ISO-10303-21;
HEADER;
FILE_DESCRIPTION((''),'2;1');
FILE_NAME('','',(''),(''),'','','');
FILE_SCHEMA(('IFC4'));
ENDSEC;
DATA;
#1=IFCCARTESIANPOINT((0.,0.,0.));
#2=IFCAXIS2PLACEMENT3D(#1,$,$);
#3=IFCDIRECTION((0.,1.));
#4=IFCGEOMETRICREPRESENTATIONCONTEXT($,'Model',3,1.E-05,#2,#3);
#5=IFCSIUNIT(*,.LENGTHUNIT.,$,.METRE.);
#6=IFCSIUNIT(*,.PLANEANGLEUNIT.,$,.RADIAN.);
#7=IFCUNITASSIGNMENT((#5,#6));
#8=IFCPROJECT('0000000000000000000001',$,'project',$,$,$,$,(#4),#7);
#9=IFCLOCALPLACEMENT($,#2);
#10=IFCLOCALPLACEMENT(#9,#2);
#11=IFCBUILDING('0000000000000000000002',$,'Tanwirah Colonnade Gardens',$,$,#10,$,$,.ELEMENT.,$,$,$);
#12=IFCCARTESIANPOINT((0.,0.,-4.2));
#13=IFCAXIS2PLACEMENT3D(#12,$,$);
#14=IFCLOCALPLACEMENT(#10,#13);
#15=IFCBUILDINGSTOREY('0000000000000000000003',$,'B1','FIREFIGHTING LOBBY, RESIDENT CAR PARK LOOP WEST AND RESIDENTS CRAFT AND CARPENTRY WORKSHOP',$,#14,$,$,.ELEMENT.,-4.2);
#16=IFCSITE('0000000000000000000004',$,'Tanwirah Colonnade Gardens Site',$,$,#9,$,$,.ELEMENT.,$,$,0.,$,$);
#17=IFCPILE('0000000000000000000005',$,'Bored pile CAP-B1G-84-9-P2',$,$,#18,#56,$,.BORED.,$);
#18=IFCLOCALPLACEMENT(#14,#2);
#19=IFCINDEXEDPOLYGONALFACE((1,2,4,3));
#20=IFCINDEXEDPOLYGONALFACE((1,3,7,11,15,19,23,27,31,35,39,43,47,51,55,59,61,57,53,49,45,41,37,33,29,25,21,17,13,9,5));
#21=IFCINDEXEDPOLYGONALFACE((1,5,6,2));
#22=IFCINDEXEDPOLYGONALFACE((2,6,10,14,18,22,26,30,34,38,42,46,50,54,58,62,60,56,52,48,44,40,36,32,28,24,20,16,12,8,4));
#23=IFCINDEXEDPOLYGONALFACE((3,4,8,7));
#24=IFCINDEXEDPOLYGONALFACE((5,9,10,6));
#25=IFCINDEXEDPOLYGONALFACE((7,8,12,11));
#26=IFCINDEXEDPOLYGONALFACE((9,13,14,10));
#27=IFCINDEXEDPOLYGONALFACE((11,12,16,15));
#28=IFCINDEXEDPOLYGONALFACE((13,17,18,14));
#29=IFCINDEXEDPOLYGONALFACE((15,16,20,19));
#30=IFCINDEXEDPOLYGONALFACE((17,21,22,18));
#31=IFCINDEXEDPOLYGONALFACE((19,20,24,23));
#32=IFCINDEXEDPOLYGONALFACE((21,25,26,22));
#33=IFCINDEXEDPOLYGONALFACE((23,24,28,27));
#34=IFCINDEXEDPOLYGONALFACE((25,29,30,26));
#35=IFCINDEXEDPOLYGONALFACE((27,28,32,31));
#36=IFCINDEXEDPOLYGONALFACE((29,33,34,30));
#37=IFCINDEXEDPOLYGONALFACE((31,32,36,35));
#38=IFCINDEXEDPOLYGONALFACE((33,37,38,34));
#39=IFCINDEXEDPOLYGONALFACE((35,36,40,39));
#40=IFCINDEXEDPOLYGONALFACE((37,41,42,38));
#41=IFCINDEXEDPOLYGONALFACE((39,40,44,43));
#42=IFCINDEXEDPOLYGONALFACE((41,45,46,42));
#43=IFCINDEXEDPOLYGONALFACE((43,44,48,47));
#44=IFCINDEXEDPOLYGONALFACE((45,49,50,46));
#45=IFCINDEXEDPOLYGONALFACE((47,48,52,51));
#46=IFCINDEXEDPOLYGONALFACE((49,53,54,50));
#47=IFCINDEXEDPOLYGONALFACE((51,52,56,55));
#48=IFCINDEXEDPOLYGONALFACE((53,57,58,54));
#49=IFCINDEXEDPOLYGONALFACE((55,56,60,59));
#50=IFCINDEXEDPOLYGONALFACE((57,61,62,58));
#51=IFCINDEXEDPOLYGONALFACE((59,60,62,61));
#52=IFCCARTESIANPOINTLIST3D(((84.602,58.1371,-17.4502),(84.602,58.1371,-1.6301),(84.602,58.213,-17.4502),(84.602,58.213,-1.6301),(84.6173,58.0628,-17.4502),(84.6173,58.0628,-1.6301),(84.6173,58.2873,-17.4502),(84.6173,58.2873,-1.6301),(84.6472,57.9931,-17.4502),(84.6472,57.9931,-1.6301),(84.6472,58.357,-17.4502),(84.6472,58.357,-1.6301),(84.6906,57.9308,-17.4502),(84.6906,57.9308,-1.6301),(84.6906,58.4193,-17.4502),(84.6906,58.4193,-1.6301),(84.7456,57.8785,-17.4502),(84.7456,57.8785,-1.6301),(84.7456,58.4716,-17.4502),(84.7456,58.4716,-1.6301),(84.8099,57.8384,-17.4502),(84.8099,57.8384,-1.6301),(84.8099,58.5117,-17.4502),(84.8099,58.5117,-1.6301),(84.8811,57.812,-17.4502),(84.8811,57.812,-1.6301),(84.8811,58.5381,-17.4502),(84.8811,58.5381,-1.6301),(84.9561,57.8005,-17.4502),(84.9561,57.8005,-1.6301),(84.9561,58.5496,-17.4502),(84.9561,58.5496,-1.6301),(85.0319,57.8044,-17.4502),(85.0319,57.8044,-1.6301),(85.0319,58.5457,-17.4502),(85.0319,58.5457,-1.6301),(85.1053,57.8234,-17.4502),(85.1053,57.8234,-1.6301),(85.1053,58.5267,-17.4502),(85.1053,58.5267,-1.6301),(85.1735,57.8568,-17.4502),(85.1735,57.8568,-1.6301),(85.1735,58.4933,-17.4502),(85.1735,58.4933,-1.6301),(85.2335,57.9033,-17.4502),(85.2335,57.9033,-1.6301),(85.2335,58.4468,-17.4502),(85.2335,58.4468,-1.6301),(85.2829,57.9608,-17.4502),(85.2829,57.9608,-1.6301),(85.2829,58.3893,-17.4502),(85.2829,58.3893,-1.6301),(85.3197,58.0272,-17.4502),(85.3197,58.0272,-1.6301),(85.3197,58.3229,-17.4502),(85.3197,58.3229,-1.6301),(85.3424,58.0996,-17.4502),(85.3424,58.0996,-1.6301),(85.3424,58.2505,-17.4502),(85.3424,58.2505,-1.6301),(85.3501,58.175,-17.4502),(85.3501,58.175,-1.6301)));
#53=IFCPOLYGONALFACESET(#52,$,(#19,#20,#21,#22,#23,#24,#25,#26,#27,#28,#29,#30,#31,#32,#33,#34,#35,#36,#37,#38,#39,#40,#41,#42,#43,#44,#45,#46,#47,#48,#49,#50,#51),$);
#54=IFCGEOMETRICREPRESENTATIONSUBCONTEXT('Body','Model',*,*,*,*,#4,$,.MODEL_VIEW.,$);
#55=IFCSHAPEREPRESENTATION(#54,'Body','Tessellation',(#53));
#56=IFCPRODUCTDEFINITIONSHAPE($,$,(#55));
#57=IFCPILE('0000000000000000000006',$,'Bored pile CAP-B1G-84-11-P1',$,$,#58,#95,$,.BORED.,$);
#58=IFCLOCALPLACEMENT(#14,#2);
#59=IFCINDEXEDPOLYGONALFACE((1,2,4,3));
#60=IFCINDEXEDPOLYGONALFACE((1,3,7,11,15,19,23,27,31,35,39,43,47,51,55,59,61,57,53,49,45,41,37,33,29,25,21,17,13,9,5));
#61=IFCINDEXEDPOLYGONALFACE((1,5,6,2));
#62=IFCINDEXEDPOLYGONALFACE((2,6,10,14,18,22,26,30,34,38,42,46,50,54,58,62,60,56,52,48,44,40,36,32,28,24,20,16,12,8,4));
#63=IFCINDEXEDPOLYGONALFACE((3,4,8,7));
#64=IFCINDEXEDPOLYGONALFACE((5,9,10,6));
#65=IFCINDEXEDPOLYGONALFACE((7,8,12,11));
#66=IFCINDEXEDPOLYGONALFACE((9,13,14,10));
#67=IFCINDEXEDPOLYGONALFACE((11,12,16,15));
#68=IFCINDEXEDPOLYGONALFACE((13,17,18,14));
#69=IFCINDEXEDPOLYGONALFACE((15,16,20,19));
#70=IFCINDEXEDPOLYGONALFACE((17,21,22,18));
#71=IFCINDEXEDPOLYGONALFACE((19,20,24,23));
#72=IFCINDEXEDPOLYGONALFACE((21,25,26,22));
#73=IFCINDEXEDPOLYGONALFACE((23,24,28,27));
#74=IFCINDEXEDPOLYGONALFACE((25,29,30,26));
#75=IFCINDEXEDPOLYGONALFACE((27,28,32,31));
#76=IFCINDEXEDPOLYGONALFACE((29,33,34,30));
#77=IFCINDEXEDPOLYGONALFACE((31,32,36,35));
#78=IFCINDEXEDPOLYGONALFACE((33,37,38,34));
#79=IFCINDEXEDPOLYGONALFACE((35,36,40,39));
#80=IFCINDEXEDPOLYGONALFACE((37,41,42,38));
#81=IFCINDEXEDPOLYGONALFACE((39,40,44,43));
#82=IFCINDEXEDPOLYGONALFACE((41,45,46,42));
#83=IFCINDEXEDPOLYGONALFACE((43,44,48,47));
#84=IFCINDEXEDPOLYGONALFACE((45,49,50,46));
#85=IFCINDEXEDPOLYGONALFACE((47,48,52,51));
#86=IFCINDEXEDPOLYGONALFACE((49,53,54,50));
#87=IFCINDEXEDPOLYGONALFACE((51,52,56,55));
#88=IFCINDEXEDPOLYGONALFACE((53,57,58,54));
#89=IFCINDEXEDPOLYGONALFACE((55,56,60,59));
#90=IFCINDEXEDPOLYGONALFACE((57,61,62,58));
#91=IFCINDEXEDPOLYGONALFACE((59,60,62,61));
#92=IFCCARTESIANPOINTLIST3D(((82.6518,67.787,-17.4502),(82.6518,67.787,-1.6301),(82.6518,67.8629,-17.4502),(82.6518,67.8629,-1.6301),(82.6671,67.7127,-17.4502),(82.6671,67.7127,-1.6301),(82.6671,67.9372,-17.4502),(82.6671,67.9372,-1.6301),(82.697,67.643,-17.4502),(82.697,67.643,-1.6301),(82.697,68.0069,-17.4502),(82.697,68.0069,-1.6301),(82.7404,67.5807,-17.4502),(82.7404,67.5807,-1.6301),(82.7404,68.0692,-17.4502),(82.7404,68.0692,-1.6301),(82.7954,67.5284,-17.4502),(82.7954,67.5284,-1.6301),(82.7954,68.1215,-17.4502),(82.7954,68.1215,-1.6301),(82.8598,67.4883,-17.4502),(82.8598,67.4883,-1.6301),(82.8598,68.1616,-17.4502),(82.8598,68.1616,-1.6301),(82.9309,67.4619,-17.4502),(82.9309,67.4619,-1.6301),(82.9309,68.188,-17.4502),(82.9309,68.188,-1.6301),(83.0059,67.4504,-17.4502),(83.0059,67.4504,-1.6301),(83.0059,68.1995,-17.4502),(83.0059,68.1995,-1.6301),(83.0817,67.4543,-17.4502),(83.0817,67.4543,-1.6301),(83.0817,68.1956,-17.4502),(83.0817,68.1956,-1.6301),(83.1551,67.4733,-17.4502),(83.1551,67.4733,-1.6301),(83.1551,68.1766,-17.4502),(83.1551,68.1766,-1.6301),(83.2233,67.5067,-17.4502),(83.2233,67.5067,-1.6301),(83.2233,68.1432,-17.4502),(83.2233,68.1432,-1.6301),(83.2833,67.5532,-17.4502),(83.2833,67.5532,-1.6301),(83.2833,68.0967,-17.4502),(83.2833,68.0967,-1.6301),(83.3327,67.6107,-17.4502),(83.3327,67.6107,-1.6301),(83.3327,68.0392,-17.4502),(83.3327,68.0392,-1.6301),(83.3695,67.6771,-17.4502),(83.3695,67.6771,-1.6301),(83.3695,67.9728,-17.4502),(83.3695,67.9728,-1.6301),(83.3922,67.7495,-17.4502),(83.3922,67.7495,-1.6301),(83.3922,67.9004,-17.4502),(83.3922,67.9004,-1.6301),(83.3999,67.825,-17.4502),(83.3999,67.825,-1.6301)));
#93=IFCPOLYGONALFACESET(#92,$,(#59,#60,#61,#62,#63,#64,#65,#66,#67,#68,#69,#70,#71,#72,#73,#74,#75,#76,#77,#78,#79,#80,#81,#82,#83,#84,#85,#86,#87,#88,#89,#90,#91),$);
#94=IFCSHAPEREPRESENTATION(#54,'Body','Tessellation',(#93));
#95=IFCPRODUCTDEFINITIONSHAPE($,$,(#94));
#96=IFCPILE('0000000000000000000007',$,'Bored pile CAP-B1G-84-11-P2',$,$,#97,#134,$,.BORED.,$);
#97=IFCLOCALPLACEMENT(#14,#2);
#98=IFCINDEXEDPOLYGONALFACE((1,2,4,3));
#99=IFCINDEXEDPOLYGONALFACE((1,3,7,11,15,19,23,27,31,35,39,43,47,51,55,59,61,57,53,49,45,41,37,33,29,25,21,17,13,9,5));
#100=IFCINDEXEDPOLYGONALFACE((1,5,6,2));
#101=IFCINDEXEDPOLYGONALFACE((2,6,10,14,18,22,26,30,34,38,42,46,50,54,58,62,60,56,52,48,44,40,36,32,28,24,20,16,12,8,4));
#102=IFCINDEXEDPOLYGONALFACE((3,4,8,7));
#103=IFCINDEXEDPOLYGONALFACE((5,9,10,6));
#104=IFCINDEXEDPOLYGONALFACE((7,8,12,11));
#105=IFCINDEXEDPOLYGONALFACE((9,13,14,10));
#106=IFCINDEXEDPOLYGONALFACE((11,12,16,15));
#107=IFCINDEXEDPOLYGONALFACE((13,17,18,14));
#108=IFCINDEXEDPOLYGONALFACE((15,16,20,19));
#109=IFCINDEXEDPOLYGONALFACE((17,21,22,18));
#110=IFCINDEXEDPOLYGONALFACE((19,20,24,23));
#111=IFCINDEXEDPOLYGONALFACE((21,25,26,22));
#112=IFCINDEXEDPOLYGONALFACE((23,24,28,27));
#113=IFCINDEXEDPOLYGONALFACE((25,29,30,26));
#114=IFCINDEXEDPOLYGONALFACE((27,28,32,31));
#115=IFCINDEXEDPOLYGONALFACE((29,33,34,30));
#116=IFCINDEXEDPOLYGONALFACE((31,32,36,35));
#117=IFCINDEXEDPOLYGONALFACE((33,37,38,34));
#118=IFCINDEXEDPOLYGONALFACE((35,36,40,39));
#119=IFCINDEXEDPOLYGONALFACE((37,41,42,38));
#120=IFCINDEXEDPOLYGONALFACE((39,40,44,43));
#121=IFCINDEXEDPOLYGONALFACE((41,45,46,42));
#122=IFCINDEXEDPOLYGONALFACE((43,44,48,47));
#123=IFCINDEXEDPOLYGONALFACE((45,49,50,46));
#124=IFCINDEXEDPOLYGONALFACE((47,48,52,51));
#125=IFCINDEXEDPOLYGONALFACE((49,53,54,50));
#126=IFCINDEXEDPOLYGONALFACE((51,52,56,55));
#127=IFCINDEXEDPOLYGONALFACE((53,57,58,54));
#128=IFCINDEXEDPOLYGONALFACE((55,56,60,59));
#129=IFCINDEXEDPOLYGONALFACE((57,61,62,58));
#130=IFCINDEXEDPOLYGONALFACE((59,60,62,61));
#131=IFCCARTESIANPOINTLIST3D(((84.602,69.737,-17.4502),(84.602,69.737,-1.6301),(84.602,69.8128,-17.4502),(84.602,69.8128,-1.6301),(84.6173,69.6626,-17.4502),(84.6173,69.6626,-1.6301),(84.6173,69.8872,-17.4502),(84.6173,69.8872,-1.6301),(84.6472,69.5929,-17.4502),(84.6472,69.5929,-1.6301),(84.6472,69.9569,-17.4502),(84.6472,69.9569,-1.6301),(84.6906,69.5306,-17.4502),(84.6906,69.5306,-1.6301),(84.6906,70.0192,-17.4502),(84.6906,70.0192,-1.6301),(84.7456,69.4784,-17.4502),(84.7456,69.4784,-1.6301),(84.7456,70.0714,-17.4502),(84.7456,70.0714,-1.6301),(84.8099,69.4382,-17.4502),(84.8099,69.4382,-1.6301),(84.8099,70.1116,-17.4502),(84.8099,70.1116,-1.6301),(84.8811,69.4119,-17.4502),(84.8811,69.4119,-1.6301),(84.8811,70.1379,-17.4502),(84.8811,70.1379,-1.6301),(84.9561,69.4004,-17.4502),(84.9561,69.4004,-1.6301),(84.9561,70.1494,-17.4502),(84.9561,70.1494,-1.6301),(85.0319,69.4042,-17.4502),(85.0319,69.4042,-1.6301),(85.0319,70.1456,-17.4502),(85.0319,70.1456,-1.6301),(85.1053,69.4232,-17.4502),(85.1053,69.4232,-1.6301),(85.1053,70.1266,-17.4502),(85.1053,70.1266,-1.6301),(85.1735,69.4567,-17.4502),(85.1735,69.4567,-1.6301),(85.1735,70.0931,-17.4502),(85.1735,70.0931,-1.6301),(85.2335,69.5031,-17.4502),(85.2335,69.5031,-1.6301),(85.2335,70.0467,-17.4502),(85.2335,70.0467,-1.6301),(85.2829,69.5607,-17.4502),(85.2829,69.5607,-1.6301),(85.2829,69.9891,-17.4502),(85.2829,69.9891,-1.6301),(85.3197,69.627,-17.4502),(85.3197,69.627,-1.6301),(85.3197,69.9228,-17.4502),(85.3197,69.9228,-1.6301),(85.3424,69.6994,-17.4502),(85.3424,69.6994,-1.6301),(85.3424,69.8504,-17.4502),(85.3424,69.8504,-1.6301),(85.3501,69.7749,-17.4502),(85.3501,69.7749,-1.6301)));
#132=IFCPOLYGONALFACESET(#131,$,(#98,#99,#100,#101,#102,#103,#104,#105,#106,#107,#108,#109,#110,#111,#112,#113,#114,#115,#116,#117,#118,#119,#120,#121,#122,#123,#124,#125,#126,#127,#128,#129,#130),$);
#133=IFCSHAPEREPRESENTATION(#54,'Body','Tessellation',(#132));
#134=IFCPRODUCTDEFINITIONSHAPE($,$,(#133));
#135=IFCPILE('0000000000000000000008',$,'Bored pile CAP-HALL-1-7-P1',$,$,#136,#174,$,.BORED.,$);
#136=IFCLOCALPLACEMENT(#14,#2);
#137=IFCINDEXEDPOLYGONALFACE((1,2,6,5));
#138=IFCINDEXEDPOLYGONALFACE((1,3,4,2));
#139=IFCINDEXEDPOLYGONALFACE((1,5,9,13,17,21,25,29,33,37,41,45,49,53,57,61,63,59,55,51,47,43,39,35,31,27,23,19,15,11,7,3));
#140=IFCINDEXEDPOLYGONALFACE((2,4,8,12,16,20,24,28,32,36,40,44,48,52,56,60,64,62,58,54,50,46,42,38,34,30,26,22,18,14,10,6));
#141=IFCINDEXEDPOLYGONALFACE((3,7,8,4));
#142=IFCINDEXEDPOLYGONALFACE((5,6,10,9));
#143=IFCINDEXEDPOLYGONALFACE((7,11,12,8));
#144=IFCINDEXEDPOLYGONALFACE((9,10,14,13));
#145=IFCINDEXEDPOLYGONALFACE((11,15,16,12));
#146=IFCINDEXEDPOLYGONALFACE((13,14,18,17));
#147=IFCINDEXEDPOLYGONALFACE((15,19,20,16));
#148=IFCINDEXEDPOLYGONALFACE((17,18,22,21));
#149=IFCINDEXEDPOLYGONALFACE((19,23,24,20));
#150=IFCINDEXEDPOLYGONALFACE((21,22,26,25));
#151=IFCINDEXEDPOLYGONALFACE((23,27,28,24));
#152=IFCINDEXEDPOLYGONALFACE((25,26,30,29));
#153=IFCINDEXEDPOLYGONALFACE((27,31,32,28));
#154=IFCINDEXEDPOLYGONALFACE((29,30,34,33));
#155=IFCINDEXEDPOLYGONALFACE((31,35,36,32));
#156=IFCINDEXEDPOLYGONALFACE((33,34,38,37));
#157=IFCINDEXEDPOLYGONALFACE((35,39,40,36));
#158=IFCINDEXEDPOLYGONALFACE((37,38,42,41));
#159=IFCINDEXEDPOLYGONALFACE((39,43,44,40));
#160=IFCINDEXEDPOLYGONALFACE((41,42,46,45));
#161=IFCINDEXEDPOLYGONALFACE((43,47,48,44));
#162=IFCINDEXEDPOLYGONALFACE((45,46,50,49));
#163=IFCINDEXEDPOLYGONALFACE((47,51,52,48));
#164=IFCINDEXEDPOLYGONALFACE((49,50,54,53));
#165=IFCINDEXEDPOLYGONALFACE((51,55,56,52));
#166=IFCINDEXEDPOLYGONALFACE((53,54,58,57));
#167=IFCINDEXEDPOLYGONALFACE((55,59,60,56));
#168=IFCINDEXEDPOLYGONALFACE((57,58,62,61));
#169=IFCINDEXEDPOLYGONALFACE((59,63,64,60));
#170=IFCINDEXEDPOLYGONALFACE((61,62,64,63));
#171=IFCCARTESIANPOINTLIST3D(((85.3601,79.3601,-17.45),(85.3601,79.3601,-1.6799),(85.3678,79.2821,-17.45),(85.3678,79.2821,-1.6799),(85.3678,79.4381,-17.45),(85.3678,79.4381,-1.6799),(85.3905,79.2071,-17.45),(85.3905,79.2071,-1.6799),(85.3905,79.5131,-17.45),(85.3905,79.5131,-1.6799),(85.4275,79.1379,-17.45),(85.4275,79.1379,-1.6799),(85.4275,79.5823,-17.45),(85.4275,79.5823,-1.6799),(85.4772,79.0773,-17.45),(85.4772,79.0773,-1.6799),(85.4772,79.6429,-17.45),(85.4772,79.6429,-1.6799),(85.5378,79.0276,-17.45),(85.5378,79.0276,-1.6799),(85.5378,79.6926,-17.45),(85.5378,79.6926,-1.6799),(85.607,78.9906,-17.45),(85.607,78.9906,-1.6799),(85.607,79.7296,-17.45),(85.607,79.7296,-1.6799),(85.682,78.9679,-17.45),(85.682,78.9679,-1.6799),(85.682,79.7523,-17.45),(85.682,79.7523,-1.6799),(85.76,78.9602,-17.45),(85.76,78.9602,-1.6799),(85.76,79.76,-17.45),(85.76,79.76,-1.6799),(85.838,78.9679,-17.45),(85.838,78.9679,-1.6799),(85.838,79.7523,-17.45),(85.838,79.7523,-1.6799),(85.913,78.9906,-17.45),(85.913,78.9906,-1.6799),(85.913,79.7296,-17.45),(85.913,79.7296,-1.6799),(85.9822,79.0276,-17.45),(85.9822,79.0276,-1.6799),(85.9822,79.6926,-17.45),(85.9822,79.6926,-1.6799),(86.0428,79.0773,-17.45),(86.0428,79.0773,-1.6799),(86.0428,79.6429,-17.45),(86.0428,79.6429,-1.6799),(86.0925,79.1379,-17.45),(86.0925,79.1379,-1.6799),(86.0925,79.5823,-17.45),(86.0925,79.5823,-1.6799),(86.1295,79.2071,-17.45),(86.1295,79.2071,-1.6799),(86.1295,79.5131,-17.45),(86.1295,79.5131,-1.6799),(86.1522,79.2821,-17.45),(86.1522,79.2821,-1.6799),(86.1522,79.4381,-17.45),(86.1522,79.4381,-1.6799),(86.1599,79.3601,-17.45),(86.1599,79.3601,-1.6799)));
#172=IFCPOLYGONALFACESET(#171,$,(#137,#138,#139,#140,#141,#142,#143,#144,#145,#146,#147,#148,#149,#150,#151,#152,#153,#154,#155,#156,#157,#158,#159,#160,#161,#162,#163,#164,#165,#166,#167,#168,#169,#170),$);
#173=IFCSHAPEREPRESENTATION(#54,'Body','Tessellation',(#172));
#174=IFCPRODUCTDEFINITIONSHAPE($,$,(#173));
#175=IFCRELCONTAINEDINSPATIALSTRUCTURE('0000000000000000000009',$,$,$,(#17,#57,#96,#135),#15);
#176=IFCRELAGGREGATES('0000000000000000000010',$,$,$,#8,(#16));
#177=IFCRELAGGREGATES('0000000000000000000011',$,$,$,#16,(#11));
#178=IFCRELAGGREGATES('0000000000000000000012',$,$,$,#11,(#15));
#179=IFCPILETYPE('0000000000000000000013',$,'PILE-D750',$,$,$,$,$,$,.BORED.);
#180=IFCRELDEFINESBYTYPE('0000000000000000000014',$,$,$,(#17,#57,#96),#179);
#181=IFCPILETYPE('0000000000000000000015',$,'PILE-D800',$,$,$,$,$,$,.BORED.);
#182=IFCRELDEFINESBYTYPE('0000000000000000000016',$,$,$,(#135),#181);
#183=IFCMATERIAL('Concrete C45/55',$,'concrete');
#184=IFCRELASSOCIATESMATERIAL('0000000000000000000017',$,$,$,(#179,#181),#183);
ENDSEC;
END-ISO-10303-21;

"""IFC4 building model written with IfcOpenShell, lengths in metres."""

from ifc_helpers import new_model, si_unit, direction, frame, origin, origin_2d, place, context, subcontext, project, spatial, circle, extrude, material, material_profile, profile_set, type_object, element, save


model = new_model("IFC4")

# Units and contexts
model_context = context("Model", 3, precision=1e-05, world=origin(), true_north=direction((0.0, 1.0)))
body_context = subcontext(model_context, "Body", "Model", "MODEL_VIEW")
ifc_project = project(units=[si_unit("LENGTHUNIT", "METRE"), si_unit("PLANEANGLEUNIT", "RADIAN")], contexts=[model_context])

# Site, building, storey
site_placement = place(None, origin())
site = spatial("IfcSite", under=ifc_project, at=site_placement, Name="Tanwirah Colonnade Gardens Site", CompositionType="ELEMENT", RefElevation=0.0)
building_placement = place(site_placement, origin())
building = spatial("IfcBuilding", under=site, at=building_placement, Name="Tanwirah Colonnade Gardens", CompositionType="ELEMENT")
storey_placement = place(building_placement, frame((0.0, 0.0, -4.2)))
storey = spatial("IfcBuildingStorey", under=building, at=storey_placement, Name="B1", Description="FIREFIGHTING LOBBY, RESIDENT CAR PARK LOOP WEST AND RESIDENTS CRAFT AND CARPENTRY WORKSHOP", CompositionType="ELEMENT", Elevation=-4.2)

# Shared definitions
ifc_material_1 = material(Name="Concrete C45/55", Category="concrete")

# Piles
ifc_material_profile_1 = material_profile(ifc_material_1, circle(Radius=0.375, at=origin_2d()), Name="PILE D750")
ifc_profile_set_1 = profile_set([ifc_material_profile_1], Name="Concrete C45/55")
pile_type_1 = type_object("IfcPileType", Name="PILE-D750", PredefinedType="BORED", material=ifc_profile_set_1)
for number, where, z_axis, x_axis, name in (
    (1, (84.9751, 58.175, -1.6301), (0.0, 0.0, -1.0), (1.0, 0.0, 0.0), "Bored pile CAP-B1G-84-9-P2"),
    (2, (83.0249, 67.825, -1.6301), (0.0, 0.0, -1.0), (1.0, 0.0, 0.0), "Bored pile CAP-B1G-84-11-P1"),
    (3, (84.9751, 69.7749, -1.6301), (0.0, 0.0, -1.0), (1.0, 0.0, 0.0), "Bored pile CAP-B1G-84-11-P2"),
):
    element("IfcPile", number, at=place(storey_placement, frame(where, z_axis=z_axis, x_axis=x_axis)), inside=storey, type_object=pile_type_1, Name=name, PredefinedType="BORED", context=body_context, shape_type="SweptSolid", body=[
        extrude(circle(Radius=0.375, at=origin_2d()), origin(), (0.0, 0.0, 1.0), 15.8201),
    ])
ifc_material_profile_2 = material_profile(ifc_material_1, circle(Radius=0.3999, at=origin_2d()), Name="PILE D800")
ifc_profile_set_2 = profile_set([ifc_material_profile_2], Name="Concrete C45/55")
pile_type_2 = type_object("IfcPileType", Name="PILE-D800", PredefinedType="BORED", material=ifc_profile_set_2)
for number, where, z_axis, x_axis, name in (
    (4, (85.76, 79.3601, -1.6799), (0.0, 0.0, -1.0), (1.0, 0.0, 0.0), "Bored pile CAP-HALL-1-7-P1"),
):
    element("IfcPile", number, at=place(storey_placement, frame(where, z_axis=z_axis, x_axis=x_axis)), inside=storey, type_object=pile_type_2, Name=name, PredefinedType="BORED", context=body_context, shape_type="SweptSolid", body=[
        extrude(circle(Radius=0.3999, at=origin_2d()), origin(), (0.0, 0.0, 1.0), 15.77),
    ])

save(model, "model.ifc")
